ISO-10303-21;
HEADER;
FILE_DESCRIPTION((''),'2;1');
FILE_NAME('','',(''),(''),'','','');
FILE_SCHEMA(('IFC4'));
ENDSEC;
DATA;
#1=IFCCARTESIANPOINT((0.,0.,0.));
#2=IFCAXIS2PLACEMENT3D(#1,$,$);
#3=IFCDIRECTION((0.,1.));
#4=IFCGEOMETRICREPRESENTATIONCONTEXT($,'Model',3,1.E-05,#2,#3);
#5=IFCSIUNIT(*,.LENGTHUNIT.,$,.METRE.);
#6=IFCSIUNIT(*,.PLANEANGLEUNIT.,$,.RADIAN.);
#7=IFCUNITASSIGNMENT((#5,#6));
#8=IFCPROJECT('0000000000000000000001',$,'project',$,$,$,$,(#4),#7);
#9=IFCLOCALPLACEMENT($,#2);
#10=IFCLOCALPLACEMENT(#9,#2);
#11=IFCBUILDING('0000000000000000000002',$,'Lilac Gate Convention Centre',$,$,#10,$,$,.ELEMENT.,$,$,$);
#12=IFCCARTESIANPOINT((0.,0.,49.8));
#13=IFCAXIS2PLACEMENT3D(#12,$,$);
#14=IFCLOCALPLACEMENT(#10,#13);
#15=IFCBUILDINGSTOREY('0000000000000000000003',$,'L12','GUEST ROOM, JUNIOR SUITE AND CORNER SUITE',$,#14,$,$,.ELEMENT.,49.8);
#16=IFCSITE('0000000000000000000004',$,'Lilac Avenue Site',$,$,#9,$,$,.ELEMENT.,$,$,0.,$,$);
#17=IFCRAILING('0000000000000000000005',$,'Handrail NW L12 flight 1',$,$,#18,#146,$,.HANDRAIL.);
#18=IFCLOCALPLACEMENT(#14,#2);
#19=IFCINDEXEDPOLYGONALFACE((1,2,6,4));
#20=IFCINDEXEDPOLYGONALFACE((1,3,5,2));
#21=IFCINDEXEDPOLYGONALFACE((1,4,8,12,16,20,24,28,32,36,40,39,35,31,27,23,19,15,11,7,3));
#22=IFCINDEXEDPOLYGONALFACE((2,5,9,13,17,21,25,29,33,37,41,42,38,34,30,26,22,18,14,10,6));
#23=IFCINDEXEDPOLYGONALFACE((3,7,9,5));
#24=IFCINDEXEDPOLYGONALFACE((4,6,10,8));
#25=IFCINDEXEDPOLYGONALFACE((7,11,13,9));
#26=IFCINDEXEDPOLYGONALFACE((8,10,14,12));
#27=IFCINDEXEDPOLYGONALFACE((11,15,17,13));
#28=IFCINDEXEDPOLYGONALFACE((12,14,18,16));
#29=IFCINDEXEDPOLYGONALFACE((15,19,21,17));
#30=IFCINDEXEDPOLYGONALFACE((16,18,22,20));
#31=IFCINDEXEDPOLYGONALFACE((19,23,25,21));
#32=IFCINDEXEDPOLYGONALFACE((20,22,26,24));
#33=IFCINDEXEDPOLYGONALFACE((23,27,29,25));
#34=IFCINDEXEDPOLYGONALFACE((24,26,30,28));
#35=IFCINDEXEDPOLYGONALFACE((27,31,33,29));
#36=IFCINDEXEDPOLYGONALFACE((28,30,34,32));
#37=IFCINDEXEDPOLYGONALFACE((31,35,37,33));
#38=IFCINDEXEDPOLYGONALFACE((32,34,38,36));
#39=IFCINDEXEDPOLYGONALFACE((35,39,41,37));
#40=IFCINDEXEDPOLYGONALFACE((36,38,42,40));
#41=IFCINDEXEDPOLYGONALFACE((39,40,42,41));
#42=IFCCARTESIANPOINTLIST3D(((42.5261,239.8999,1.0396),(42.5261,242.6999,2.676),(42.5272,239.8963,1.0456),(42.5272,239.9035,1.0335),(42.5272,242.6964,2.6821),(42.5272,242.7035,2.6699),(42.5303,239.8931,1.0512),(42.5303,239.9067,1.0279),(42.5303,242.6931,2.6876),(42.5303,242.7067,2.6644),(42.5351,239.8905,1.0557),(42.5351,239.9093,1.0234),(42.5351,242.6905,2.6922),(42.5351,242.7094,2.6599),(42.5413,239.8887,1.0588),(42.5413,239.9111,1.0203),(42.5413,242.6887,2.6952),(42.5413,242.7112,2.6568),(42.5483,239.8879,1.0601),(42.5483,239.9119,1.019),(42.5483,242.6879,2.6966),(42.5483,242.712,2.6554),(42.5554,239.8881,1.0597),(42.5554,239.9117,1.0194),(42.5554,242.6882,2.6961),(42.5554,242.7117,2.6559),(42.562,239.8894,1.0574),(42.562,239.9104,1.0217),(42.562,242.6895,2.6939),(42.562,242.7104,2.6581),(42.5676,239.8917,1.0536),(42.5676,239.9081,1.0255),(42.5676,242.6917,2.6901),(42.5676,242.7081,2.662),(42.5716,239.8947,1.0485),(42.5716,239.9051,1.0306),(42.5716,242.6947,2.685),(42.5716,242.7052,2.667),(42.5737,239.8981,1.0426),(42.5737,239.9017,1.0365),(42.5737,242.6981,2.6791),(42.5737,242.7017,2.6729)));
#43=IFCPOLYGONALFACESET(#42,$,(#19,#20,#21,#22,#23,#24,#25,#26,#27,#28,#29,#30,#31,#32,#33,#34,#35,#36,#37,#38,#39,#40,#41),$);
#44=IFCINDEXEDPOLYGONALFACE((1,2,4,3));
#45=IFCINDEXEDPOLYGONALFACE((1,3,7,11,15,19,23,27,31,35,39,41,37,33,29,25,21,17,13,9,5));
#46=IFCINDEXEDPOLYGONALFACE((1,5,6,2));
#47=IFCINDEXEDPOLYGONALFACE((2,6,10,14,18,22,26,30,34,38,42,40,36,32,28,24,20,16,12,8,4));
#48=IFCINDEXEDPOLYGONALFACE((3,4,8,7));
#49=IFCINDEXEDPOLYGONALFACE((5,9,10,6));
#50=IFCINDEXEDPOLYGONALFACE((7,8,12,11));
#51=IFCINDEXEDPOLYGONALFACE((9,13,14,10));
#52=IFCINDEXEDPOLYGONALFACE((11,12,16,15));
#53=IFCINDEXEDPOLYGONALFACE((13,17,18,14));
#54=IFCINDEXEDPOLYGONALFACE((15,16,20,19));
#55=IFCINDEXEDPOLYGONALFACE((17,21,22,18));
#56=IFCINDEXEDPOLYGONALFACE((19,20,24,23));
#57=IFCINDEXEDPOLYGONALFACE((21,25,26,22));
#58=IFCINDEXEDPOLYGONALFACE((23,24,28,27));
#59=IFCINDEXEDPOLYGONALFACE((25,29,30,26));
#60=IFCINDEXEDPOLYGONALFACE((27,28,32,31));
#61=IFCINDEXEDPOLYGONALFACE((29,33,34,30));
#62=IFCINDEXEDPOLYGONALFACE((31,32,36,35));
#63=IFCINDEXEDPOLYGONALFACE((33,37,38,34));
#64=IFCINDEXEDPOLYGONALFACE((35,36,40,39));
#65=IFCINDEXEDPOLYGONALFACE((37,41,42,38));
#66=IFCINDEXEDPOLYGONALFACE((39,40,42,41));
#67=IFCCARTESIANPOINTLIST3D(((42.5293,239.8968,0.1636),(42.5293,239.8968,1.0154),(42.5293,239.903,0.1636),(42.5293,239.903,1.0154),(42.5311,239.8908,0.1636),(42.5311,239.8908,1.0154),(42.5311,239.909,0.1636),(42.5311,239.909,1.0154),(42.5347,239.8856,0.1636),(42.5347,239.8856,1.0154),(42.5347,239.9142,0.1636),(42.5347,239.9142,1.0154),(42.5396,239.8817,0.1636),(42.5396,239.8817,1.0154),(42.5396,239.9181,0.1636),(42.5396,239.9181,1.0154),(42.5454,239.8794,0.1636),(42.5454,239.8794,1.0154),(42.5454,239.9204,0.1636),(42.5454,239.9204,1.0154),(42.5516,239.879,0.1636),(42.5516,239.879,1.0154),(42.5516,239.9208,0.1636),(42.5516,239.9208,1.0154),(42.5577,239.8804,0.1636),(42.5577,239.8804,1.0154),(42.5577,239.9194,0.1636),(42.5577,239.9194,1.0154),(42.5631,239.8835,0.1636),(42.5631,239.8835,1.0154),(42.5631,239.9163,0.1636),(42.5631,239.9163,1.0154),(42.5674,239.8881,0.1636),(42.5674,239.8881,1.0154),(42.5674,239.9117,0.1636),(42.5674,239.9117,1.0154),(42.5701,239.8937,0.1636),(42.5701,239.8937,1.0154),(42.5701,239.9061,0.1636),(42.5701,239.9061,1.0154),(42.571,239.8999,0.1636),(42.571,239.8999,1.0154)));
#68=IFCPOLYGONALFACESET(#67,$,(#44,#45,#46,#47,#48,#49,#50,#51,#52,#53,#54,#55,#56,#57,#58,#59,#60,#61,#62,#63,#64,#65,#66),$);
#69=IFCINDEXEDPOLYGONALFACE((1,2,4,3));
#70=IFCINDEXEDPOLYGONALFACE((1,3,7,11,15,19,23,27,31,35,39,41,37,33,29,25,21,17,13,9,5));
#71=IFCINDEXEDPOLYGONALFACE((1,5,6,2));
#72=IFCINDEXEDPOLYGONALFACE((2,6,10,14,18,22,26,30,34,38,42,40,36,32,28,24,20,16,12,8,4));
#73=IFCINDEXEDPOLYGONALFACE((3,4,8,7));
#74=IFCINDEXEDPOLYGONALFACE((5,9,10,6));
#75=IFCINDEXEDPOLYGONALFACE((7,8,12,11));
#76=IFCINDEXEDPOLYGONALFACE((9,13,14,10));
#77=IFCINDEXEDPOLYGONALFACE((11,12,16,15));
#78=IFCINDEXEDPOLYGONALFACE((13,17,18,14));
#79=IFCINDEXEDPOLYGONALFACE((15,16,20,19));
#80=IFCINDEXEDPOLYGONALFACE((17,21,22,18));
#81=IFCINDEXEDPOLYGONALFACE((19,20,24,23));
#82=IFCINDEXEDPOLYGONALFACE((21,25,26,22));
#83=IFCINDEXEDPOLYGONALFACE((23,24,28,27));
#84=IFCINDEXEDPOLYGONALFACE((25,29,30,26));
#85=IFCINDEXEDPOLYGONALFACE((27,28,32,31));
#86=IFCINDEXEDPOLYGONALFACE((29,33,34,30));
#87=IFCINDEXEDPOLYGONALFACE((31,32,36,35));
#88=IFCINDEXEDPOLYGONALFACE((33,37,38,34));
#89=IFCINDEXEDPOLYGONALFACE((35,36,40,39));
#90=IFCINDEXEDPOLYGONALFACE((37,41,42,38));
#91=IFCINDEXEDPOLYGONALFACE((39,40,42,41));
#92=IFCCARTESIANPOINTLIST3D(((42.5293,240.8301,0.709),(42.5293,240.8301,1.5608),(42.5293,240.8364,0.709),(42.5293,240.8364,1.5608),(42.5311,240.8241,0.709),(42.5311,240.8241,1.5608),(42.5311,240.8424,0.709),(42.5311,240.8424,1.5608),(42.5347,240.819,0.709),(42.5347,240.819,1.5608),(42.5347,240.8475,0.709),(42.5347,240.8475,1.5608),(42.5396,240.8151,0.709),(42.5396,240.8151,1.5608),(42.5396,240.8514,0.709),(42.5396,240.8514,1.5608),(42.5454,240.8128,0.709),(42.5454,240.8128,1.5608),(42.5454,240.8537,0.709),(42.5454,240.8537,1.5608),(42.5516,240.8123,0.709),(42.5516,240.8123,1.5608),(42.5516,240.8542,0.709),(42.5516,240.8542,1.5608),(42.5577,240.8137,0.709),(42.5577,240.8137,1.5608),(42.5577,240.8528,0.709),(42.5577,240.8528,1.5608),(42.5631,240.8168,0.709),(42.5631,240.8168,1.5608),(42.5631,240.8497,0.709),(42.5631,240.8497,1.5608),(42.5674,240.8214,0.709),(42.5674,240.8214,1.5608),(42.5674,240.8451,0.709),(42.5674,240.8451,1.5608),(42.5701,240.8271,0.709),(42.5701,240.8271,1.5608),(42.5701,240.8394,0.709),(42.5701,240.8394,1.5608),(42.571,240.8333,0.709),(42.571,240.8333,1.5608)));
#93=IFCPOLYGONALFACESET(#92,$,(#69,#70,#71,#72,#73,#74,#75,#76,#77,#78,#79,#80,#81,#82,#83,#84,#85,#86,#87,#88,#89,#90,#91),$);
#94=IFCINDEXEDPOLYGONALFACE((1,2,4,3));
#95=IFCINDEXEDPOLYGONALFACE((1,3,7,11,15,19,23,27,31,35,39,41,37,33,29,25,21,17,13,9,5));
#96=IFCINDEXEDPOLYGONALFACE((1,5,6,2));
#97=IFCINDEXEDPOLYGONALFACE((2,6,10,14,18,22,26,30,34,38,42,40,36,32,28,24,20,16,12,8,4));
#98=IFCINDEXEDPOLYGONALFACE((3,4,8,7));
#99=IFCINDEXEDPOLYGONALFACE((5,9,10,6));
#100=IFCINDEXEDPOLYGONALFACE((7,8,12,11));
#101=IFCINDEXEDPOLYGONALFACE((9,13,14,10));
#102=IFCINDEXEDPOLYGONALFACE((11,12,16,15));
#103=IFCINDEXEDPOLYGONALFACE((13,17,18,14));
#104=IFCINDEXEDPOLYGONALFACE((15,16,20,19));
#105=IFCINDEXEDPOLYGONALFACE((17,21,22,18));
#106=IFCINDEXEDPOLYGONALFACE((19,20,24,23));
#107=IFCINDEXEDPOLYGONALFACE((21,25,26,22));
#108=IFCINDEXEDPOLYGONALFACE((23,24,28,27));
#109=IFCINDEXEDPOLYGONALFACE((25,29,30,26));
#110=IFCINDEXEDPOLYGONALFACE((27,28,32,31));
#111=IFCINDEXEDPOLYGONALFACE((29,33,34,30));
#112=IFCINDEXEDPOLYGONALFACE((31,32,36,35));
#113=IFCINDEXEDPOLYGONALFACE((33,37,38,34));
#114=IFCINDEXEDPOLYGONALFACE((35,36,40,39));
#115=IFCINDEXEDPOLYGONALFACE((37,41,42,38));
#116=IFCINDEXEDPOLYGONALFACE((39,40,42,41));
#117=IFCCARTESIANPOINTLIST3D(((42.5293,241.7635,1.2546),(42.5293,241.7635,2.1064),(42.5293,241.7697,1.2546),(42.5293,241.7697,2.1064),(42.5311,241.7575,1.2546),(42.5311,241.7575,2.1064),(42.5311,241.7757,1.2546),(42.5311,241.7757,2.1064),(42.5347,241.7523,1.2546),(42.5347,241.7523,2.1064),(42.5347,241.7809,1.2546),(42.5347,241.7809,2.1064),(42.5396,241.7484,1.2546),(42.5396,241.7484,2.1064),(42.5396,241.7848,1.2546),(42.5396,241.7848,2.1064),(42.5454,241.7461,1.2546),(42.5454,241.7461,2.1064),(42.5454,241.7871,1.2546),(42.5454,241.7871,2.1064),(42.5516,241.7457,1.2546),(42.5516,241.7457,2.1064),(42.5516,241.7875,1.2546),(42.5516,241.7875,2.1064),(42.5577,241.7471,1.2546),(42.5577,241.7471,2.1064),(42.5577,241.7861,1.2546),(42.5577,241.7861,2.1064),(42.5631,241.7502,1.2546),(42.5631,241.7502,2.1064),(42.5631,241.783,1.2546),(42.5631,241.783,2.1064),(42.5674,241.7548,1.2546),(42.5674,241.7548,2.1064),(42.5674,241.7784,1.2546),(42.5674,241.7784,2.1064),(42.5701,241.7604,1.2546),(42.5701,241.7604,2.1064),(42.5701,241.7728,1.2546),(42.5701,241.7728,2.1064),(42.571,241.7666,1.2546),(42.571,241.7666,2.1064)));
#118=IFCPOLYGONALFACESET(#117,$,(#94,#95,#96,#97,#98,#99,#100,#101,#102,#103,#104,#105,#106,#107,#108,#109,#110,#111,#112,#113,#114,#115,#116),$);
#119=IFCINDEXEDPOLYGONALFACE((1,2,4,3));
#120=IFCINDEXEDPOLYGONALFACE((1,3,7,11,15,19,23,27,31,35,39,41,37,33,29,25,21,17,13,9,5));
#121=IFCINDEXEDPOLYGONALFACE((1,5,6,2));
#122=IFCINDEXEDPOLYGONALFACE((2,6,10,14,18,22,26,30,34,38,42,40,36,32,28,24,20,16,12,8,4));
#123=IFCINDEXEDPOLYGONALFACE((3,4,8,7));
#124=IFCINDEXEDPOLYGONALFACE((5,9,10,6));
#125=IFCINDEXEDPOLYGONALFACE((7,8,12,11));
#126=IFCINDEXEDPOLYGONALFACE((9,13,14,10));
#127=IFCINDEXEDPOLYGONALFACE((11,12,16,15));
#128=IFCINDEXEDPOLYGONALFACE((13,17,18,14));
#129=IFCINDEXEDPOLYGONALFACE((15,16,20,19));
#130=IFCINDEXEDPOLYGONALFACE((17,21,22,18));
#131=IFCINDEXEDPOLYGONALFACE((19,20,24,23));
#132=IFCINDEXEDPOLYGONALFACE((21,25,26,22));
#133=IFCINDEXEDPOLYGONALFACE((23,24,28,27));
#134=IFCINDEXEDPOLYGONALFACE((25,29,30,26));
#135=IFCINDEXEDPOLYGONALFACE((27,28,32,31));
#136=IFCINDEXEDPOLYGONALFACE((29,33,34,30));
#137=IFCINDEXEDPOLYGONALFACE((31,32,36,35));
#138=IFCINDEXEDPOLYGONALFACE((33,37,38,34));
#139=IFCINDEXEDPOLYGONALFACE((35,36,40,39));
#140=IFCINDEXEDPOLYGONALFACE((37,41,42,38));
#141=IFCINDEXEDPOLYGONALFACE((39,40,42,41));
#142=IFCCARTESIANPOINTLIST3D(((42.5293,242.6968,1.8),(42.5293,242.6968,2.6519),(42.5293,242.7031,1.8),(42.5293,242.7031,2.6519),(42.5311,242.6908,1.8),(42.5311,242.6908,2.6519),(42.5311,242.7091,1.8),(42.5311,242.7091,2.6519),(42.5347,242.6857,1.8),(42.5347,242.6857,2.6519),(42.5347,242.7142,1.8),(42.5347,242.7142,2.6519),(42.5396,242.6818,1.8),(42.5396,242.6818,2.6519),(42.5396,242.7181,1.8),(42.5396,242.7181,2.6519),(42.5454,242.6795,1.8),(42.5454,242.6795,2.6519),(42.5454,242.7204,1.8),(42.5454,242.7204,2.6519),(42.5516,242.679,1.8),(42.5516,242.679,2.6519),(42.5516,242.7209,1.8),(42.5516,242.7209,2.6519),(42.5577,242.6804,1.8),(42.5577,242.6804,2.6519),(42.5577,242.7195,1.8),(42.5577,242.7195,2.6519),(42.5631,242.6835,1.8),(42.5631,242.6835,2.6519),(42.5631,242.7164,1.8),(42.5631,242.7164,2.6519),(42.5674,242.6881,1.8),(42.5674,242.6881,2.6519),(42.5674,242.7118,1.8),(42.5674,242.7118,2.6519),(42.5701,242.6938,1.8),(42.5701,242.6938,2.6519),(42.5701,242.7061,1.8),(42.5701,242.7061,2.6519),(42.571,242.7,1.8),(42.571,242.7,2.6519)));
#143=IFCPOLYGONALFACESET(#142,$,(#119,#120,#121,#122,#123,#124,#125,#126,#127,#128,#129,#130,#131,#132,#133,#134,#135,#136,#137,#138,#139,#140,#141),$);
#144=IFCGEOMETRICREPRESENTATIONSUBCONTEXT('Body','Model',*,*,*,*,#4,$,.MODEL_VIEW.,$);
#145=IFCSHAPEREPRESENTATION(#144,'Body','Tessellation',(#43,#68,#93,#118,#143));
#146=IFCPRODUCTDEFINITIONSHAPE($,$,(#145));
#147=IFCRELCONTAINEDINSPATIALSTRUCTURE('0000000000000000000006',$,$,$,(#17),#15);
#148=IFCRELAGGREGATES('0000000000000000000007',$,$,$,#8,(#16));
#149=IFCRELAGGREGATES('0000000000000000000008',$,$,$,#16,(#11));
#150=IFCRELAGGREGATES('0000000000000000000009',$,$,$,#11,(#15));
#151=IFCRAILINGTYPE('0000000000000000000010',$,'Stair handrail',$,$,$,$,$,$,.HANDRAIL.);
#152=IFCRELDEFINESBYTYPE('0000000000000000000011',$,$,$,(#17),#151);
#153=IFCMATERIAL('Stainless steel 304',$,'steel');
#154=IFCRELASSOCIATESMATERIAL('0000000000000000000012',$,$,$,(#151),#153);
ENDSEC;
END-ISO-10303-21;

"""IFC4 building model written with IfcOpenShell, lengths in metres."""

from ifc_helpers import new_model, si_unit, direction, frame, origin, origin_2d, place, context, subcontext, project, spatial, circle, extrude, material, type_object, element, save


model = new_model("IFC4")

# Units and contexts
model_context = context("Model", 3, precision=1e-05, world=origin(), true_north=direction((0.0, 1.0)))
body_context = subcontext(model_context, "Body", "Model", "MODEL_VIEW")
ifc_project = project(units=[si_unit("LENGTHUNIT", "METRE"), si_unit("PLANEANGLEUNIT", "RADIAN")], contexts=[model_context])

# Site, building, storey
site_placement = place(None, origin())
site = spatial("IfcSite", under=ifc_project, at=site_placement, Name="Lilac Avenue Site", CompositionType="ELEMENT", RefElevation=0.0)
building_placement = place(site_placement, origin())
building = spatial("IfcBuilding", under=site, at=building_placement, Name="Lilac Gate Convention Centre", CompositionType="ELEMENT")
storey_placement = place(building_placement, frame((0.0, 0.0, 49.8)))
storey = spatial("IfcBuildingStorey", under=building, at=storey_placement, Name="L12", Description="GUEST ROOM, JUNIOR SUITE AND CORNER SUITE", CompositionType="ELEMENT", Elevation=49.8)

# Railing
ifc_material_1 = material(Name="Stainless steel 304", Category="steel")
railing_type = type_object("IfcRailingType", Name="Stair handrail", PredefinedType="HANDRAIL", material=ifc_material_1)
for number, where, name in (
    (1, (42.55, 239.8999, 0.1636), "Handrail NW L12 flight 1"),
):
    element("IfcRailing", number, at=place(storey_placement, frame(where)), inside=storey, type_object=railing_type, Name=name, PredefinedType="HANDRAIL", context=body_context, shape_type="SweptSolid", body=[
        extrude(circle(Radius=0.0239, at=origin_2d()), frame((0.0, 0.0, 0.876), z_axis=(0.0, 0.863361, 0.504587), x_axis=(-1.0, 0.0, 0.0)), (0.0, 0.0, 1.0), 3.2432),
        extrude(circle(Radius=0.021, at=origin_2d()), origin(), (0.0, 0.0, 1.0), 0.8518),
        extrude(circle(Radius=0.021, at=origin_2d()), frame((0.0, 0.9333, 0.5454)), (0.0, 0.0, 1.0), 0.8518),
        extrude(circle(Radius=0.021, at=origin_2d()), frame((0.0, 1.8667, 1.0911)), (0.0, 0.0, 1.0), 0.8518),
        extrude(circle(Radius=0.021, at=origin_2d()), frame((0.0, 2.8, 1.6365)), (0.0, 0.0, 1.0), 0.8518),
    ])

save(model, "model.ifc")
